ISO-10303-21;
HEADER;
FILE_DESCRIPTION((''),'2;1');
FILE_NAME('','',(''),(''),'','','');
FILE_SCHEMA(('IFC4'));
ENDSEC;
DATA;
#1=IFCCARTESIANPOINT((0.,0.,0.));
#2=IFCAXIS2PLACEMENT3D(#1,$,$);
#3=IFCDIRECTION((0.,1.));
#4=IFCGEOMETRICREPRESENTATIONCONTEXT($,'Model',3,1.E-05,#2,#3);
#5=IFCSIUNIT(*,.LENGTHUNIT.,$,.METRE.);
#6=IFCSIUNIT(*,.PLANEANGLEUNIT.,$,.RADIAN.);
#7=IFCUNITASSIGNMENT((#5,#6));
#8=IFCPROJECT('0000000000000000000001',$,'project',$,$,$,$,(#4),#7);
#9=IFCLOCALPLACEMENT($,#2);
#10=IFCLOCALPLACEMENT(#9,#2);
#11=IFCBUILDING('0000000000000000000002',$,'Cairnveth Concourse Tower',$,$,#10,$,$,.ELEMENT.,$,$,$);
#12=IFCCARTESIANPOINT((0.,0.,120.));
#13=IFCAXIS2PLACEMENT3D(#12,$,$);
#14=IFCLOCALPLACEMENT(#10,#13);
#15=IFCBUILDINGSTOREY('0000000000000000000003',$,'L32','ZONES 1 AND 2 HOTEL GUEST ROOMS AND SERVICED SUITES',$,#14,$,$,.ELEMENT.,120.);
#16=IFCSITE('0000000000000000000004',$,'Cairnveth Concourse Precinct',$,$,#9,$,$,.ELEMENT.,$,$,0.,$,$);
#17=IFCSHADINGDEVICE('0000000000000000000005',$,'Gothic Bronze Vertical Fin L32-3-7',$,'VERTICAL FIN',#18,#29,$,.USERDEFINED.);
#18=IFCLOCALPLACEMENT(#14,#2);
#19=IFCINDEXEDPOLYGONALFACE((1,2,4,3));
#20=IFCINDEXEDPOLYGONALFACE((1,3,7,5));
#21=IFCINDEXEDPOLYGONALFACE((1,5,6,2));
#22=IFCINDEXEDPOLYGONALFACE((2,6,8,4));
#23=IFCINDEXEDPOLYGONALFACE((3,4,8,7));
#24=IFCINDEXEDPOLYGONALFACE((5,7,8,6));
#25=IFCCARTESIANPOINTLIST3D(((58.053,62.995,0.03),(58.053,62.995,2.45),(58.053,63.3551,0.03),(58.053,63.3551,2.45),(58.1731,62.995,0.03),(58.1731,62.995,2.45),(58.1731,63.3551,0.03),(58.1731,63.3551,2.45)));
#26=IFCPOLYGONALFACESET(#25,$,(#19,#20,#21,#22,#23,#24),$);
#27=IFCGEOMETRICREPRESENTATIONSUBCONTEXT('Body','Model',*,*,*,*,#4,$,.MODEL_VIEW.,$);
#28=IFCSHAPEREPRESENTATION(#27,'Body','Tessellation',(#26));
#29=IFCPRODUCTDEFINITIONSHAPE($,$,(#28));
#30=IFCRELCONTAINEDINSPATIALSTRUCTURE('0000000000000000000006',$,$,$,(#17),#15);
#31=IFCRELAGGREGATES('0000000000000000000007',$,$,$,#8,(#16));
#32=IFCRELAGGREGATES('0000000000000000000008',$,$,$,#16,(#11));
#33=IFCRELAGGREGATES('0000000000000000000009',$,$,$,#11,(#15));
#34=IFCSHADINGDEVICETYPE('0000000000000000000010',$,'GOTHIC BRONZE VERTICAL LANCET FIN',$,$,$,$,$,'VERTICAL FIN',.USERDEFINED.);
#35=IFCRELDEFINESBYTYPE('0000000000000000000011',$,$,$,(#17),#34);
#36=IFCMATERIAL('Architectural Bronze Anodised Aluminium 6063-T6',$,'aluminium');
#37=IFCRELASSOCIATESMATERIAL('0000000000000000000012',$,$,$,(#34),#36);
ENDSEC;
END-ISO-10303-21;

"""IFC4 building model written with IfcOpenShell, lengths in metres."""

from ifc_helpers import new_model, si_unit, direction, frame, origin, origin_2d, place, context, subcontext, project, spatial, rectangle, extrude, material, type_object, element, save


model = new_model("IFC4")

# Units and contexts
model_context = context("Model", 3, precision=1e-05, world=origin(), true_north=direction((0.0, 1.0)))
body_context = subcontext(model_context, "Body", "Model", "MODEL_VIEW")
ifc_project = project(units=[si_unit("LENGTHUNIT", "METRE"), si_unit("PLANEANGLEUNIT", "RADIAN")], contexts=[model_context])

# Site, building, storey
site_placement = place(None, origin())
site = spatial("IfcSite", under=ifc_project, at=site_placement, Name="Cairnveth Concourse Precinct", CompositionType="ELEMENT", RefElevation=0.0)
building_placement = place(site_placement, origin())
building = spatial("IfcBuilding", under=site, at=building_placement, Name="Cairnveth Concourse Tower", CompositionType="ELEMENT")
storey_placement = place(building_placement, frame((0.0, 0.0, 120.0)))
storey = spatial("IfcBuildingStorey", under=building, at=storey_placement, Name="L32", Description="ZONES 1 AND 2 HOTEL GUEST ROOMS AND SERVICED SUITES", CompositionType="ELEMENT", Elevation=120.0)

# Shading device
ifc_material_1 = material(Name="Architectural Bronze Anodised Aluminium 6063-T6", Category="aluminium")
shading_device_type = type_object("IfcShadingDeviceType", Name="GOTHIC BRONZE VERTICAL LANCET FIN", ElementType="VERTICAL FIN", PredefinedType="USERDEFINED", material=ifc_material_1)
for number, where, z_axis, x_axis, name in (
    (1, (58.113, 63.175, 0.03), (0.0, 0.0, 1.0), (1.0, 0.0, 0.0), "Gothic Bronze Vertical Fin L32-3-7"),
):
    element("IfcShadingDevice", number, at=place(storey_placement, frame(where, z_axis=z_axis, x_axis=x_axis)), inside=storey, type_object=shading_device_type, Name=name, ObjectType="VERTICAL FIN", PredefinedType="USERDEFINED", context=body_context, shape_type="SweptSolid", body=[
        extrude(rectangle(XDim=0.1201, YDim=0.3601, at=origin_2d()), origin(), (0.0, 0.0, 1.0), 2.4199),
    ])

save(model, "model.ifc")
